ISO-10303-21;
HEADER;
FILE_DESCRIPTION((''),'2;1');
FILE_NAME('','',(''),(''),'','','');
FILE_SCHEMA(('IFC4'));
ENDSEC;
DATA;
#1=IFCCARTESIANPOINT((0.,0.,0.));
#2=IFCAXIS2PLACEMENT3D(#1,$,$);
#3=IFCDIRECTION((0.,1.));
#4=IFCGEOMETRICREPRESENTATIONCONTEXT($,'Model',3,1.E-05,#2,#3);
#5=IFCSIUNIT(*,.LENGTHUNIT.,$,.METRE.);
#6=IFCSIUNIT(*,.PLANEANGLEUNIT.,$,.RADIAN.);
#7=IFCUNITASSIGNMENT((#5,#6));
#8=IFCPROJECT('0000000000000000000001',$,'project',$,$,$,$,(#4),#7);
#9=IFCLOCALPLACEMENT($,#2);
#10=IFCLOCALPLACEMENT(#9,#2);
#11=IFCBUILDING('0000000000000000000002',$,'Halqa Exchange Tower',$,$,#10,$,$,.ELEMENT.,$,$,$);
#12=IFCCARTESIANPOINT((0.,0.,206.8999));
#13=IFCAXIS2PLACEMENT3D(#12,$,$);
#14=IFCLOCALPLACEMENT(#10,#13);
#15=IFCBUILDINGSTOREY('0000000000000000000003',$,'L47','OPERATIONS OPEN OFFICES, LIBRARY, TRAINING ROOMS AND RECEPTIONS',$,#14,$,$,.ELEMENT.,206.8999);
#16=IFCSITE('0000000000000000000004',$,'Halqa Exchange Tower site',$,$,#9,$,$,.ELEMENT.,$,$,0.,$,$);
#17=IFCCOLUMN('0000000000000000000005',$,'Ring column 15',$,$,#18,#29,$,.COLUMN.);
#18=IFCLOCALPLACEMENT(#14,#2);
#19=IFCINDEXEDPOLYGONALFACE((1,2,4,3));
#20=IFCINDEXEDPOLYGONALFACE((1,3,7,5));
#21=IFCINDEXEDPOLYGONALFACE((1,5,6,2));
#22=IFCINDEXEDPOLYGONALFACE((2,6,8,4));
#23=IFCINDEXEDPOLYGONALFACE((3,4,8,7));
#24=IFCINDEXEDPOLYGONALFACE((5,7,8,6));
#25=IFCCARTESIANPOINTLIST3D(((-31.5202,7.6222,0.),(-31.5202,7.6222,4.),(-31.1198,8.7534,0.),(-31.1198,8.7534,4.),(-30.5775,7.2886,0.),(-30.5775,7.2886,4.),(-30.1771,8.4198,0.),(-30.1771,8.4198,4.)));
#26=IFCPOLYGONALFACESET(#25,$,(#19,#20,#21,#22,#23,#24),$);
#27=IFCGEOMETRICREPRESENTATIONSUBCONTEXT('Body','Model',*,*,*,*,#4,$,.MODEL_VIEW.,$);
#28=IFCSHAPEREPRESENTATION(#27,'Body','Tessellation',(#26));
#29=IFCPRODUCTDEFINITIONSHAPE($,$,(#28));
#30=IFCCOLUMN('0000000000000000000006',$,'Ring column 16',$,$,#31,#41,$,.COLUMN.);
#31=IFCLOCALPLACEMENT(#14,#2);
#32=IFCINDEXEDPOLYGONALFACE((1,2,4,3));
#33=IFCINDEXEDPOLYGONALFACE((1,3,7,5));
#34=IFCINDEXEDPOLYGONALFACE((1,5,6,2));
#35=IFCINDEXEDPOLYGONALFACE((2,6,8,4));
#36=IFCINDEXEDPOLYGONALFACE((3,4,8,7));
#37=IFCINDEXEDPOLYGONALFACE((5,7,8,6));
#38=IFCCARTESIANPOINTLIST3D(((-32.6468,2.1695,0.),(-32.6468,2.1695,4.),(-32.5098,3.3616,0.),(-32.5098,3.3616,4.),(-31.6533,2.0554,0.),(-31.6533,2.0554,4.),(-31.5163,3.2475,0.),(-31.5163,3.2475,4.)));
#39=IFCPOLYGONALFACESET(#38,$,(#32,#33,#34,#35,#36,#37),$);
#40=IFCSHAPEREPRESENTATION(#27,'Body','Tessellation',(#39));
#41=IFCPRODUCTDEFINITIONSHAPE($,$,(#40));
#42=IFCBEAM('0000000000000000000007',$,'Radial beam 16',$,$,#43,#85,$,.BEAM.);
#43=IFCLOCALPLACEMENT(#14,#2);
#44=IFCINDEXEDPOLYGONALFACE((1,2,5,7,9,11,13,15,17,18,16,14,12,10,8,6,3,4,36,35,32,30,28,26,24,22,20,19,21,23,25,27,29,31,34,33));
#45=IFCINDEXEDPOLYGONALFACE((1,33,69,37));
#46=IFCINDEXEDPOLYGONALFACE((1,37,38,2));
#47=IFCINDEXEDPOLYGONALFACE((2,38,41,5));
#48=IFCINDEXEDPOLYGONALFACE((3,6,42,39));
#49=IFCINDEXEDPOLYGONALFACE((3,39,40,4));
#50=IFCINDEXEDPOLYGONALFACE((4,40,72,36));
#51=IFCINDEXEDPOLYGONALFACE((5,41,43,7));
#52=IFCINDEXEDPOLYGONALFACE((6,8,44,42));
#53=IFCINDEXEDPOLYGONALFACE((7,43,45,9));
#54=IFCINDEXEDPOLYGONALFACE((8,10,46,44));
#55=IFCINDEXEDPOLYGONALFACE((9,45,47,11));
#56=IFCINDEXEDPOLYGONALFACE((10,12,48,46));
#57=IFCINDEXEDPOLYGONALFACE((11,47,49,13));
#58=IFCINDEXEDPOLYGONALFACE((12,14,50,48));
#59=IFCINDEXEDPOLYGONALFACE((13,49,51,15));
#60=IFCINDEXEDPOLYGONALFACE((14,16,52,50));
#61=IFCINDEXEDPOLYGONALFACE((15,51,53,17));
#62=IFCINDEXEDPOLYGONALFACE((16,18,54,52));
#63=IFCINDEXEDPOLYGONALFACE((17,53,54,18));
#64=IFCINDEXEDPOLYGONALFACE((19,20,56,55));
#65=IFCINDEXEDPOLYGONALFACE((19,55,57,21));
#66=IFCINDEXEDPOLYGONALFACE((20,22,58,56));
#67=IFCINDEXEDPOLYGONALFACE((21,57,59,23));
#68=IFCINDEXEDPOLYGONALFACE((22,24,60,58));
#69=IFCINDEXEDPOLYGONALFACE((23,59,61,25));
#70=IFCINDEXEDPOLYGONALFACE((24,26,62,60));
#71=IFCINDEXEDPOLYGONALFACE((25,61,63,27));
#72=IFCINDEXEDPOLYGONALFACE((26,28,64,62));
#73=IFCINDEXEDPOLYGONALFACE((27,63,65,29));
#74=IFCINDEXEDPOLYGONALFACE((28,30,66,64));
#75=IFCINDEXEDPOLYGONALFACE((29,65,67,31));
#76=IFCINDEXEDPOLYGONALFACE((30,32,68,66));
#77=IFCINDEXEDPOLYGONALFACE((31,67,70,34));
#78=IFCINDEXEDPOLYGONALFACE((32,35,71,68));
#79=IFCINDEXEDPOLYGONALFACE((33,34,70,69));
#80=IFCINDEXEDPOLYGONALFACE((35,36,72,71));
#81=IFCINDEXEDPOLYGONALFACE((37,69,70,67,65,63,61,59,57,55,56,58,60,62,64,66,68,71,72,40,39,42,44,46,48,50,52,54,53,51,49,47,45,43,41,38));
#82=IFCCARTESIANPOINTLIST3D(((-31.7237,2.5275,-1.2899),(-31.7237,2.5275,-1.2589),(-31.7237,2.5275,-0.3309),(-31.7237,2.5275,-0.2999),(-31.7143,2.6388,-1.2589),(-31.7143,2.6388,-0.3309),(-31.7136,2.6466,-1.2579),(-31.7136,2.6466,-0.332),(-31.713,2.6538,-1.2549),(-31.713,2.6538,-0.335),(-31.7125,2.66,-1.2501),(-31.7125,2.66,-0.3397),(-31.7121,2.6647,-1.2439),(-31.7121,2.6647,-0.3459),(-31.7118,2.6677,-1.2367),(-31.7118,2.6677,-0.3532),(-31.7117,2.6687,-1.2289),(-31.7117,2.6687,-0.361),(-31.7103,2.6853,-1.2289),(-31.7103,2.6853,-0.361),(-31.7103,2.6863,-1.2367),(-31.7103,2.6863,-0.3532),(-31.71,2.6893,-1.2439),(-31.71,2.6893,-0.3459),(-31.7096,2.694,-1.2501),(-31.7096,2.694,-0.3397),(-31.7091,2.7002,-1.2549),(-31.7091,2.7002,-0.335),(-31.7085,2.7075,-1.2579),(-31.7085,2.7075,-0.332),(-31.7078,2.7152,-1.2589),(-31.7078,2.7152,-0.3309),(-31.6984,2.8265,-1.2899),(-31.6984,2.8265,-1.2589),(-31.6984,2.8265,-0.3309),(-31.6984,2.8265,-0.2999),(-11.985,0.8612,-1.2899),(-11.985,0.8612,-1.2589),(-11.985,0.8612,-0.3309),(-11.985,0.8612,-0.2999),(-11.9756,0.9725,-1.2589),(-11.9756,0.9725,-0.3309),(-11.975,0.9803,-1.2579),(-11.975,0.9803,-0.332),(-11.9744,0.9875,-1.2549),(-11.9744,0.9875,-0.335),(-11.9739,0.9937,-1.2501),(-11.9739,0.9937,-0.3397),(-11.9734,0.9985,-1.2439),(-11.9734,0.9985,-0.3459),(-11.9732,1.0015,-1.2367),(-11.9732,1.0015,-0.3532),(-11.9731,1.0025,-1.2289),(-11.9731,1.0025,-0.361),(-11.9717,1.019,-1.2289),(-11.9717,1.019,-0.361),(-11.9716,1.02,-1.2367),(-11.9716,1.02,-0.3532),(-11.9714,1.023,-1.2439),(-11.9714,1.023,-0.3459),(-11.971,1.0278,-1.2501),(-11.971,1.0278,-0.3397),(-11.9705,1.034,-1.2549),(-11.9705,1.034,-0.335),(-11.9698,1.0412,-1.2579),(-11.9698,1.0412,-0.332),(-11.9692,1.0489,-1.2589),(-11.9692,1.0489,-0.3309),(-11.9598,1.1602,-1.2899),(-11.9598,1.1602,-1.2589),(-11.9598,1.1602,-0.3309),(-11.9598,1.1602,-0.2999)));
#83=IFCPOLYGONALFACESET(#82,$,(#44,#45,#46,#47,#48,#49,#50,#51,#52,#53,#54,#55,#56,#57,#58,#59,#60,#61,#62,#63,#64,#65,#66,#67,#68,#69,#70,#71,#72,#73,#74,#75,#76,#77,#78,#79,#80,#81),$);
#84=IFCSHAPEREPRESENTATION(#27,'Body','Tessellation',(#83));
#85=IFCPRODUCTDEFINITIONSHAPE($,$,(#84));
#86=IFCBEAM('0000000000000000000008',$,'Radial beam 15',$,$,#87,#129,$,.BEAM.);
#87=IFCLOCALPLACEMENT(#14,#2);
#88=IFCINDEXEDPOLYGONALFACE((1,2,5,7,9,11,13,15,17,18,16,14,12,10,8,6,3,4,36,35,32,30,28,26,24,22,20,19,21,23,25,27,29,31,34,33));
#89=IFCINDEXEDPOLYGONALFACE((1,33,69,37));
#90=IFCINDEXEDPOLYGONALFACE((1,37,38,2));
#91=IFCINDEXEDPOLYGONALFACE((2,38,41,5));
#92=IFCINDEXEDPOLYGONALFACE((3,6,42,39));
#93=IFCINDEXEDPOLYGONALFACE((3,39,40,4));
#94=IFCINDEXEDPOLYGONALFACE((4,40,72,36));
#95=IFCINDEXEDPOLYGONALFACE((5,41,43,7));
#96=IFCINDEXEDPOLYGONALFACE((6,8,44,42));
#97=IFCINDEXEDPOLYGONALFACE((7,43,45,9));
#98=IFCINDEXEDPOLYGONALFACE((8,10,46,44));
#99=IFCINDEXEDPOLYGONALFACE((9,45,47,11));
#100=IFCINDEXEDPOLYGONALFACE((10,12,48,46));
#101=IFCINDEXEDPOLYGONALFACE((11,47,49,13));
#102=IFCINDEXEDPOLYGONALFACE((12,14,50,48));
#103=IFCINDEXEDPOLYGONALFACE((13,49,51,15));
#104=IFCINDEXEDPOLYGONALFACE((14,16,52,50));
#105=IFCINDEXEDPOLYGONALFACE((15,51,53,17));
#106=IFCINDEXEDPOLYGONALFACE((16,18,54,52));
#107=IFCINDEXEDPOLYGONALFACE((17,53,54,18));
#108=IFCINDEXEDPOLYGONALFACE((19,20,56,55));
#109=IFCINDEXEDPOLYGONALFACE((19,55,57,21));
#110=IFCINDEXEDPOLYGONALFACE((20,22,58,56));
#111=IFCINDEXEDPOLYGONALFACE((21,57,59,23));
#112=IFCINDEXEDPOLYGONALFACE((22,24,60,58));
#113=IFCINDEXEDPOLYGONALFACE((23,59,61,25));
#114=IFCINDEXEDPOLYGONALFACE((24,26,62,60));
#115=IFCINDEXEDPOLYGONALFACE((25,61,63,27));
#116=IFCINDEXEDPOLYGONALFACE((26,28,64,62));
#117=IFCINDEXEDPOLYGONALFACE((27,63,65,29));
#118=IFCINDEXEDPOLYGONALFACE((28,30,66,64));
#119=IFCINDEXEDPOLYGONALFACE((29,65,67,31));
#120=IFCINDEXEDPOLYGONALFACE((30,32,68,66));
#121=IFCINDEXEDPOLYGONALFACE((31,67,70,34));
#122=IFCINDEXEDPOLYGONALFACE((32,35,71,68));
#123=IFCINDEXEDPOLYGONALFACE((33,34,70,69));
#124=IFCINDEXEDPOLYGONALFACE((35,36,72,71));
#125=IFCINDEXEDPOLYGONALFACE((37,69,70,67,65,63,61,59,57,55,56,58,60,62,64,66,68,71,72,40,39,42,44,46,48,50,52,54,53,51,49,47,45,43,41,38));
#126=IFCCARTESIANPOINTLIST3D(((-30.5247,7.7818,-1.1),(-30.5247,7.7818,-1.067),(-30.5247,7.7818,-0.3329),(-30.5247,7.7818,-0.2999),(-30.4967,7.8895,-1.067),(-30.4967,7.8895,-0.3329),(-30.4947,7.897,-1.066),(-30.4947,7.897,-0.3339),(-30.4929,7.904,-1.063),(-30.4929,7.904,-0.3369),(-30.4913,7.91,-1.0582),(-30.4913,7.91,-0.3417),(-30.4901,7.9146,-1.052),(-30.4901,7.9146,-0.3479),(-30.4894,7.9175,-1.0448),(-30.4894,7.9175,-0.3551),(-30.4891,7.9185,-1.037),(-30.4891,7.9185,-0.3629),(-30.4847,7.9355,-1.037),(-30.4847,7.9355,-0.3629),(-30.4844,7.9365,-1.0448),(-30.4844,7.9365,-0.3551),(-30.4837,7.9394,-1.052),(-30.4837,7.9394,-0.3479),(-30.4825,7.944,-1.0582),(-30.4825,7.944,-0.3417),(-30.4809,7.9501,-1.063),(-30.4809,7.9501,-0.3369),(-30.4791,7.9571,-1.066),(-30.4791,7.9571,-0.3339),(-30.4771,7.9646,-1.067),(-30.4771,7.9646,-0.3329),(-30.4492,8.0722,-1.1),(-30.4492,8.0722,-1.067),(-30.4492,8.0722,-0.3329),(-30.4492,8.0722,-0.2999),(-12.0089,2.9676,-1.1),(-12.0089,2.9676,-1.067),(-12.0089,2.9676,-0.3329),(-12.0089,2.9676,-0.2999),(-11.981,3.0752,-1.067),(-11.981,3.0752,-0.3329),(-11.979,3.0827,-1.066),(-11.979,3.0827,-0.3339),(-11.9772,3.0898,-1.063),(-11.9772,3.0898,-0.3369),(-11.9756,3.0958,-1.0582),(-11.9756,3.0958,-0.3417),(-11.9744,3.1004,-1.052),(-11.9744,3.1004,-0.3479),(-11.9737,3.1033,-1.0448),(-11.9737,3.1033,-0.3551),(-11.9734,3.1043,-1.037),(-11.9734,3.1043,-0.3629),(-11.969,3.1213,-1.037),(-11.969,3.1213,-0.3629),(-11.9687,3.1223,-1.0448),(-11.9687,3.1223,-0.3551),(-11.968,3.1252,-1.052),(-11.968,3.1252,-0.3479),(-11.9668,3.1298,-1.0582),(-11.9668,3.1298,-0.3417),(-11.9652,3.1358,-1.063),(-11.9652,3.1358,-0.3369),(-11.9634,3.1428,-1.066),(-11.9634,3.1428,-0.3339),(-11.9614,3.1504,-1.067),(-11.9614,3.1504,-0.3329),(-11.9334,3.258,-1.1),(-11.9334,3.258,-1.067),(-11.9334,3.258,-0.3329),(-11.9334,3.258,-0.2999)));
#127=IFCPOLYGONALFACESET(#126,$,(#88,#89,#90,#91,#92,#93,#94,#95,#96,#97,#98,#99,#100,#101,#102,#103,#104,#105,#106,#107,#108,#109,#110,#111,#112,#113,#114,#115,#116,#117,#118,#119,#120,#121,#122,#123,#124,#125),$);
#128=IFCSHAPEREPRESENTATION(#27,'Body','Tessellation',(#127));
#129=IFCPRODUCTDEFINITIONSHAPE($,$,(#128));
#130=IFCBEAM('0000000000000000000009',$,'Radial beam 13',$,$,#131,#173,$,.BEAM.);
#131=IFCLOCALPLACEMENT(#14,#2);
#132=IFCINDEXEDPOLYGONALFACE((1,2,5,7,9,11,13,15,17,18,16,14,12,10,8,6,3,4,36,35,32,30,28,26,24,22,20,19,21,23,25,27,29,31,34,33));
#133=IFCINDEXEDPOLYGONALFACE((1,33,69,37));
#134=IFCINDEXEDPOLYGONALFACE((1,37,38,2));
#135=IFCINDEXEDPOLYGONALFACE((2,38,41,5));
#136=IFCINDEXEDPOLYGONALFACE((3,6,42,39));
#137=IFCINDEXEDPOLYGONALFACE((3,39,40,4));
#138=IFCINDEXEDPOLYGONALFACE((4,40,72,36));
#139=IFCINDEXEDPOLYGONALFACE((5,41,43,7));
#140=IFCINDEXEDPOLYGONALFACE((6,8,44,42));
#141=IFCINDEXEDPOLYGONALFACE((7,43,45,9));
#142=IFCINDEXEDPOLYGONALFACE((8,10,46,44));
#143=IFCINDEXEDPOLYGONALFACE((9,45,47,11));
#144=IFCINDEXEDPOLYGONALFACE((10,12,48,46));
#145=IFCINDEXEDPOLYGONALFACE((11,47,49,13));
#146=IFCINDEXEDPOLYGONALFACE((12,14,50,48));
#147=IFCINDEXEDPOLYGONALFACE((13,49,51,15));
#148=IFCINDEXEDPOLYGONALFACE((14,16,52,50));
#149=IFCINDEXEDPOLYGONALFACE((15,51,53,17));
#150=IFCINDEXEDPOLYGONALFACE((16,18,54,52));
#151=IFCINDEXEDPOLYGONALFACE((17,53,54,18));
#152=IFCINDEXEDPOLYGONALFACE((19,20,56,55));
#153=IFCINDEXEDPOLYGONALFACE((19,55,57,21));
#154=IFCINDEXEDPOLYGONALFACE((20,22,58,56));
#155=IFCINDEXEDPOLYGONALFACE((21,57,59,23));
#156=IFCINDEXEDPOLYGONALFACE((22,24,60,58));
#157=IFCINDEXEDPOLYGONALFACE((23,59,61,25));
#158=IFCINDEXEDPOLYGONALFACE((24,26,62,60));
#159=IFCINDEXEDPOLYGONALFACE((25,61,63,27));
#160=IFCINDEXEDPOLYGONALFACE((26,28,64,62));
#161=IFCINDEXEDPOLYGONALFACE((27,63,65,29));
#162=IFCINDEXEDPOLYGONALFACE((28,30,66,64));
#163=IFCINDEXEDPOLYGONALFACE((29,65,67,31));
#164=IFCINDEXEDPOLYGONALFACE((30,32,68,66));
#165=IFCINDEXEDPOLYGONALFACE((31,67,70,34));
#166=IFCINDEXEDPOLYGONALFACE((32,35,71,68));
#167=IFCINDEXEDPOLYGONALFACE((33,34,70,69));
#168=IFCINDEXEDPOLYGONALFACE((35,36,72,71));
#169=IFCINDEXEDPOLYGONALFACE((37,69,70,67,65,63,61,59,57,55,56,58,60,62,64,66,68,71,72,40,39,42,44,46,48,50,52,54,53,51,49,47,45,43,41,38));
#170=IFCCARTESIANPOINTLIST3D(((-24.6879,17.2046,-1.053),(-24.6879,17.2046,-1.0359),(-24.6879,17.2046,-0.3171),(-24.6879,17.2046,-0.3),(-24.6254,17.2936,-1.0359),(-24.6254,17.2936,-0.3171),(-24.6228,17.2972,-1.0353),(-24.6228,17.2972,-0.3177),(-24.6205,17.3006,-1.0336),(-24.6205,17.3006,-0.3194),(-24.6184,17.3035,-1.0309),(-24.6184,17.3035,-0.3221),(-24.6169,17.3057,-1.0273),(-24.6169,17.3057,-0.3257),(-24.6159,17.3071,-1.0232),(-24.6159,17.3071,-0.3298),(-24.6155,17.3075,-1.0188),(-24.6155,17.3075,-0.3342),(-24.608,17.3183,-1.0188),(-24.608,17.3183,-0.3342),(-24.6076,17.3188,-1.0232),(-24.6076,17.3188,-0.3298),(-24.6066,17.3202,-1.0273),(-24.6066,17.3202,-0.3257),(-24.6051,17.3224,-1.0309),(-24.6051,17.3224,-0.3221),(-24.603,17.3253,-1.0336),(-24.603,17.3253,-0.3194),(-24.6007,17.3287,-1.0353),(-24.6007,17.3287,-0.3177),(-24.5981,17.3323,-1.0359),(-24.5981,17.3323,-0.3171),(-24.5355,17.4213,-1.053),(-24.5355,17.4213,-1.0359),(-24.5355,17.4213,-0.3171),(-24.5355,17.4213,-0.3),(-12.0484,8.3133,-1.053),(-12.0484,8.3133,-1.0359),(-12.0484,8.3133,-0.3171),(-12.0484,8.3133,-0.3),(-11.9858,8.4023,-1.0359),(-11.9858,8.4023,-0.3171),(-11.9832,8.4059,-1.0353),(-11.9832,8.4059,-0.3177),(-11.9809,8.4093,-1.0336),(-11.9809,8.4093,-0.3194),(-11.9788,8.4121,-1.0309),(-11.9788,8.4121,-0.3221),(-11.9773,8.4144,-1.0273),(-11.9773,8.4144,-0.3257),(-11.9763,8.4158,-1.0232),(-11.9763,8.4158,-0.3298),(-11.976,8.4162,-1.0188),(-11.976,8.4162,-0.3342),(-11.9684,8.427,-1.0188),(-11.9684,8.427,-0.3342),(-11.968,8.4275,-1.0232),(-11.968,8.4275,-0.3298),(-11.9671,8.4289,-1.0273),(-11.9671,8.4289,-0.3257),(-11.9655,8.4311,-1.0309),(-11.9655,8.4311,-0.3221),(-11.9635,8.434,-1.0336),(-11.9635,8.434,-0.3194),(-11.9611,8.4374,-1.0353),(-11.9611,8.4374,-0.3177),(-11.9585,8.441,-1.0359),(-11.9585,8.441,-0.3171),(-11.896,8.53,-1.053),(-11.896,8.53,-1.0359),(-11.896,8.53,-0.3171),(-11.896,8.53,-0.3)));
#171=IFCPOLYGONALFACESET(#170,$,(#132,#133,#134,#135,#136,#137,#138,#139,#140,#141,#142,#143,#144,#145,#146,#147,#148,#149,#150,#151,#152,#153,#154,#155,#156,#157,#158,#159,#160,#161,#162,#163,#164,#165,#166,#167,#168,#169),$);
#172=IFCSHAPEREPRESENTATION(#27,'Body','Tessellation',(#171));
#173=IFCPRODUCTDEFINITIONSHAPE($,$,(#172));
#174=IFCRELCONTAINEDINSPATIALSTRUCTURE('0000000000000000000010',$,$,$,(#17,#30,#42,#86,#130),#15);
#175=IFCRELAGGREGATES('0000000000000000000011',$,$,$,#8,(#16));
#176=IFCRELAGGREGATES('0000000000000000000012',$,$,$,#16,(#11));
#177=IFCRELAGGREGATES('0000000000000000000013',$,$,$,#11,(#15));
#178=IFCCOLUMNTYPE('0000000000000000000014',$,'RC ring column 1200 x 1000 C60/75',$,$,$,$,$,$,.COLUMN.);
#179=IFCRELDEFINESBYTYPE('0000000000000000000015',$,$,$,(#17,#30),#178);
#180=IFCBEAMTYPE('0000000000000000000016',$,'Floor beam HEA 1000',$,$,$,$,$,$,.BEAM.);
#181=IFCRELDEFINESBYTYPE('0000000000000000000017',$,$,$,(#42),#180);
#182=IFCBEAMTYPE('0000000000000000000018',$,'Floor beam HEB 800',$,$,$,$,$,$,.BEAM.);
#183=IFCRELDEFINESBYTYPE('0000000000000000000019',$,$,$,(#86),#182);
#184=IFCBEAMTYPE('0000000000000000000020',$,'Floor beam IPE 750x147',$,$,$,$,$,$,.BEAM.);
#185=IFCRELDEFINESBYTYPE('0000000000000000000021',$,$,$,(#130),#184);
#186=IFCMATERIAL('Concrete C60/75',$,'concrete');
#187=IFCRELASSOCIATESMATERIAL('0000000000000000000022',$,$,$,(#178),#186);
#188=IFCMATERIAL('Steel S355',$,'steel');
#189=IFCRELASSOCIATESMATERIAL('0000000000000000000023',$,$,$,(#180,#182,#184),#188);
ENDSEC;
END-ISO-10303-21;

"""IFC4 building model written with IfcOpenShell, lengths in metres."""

from ifc_helpers import new_model, si_unit, direction, frame, origin, origin_2d, place, context, subcontext, project, spatial, rectangle, i_section, extrude, material, material_profile, profile_set, type_object, element, save


model = new_model("IFC4")

# Units and contexts
model_context = context("Model", 3, precision=1e-05, world=origin(), true_north=direction((0.0, 1.0)))
body_context = subcontext(model_context, "Body", "Model", "MODEL_VIEW")
ifc_project = project(units=[si_unit("LENGTHUNIT", "METRE"), si_unit("PLANEANGLEUNIT", "RADIAN")], contexts=[model_context])

# Site, building, storey
site_placement = place(None, origin())
site = spatial("IfcSite", under=ifc_project, at=site_placement, Name="Halqa Exchange Tower site", CompositionType="ELEMENT", RefElevation=0.0)
building_placement = place(site_placement, origin())
building = spatial("IfcBuilding", under=site, at=building_placement, Name="Halqa Exchange Tower", CompositionType="ELEMENT")
storey_placement = place(building_placement, frame((0.0, 0.0, 206.8999)))
storey = spatial("IfcBuildingStorey", under=building, at=storey_placement, Name="L47", Description="OPERATIONS OPEN OFFICES, LIBRARY, TRAINING ROOMS AND RECEPTIONS", CompositionType="ELEMENT", Elevation=206.8999)

# Columns
ifc_material_1 = material(Name="Concrete C60/75", Category="concrete")
ifc_material_profile_1 = material_profile(ifc_material_1, rectangle(XDim=1.2, YDim=1.0, at=origin_2d()), Name="1200 x 1000")
ifc_profile_set_1 = profile_set([ifc_material_profile_1], Name="Concrete C60/75")
column_type = type_object("IfcColumnType", Name="RC ring column 1200 x 1000 C60/75", PredefinedType="COLUMN", material=ifc_profile_set_1)
for number, where, z_axis, x_axis, name in (
    (1, (-30.8486, 8.021, 0.0), (0.0, 0.0, 1.0), (-0.333632, -0.942703, 0.0), "Ring column 15"),
    (2, (-32.0815, 2.7085, 0.0), (0.0, 0.0, 1.0), (-0.114157, -0.993463, 0.0), "Ring column 16"),
):
    element("IfcColumn", number, at=place(storey_placement, frame(where, z_axis=z_axis, x_axis=x_axis)), inside=storey, type_object=column_type, Name=name, PredefinedType="COLUMN", context=body_context, shape_type="SweptSolid", body=[
        extrude(rectangle(XDim=1.2, YDim=1.0, at=origin_2d()), origin(), (0.0, 0.0, 1.0), 4.0),
    ])

# Beams
ifc_material_2 = material(Name="Steel S355", Category="steel")
ifc_material_profile_2 = material_profile(ifc_material_2, i_section(OverallWidth=0.3, OverallDepth=0.99, WebThickness=0.0166, FlangeThickness=0.031, FilletRadius=0.03, at=origin_2d()), Name="HEA 1000")
ifc_profile_set_2 = profile_set([ifc_material_profile_2], Name="Steel S355")
beam_type_1 = type_object("IfcBeamType", Name="Floor beam HEA 1000", PredefinedType="BEAM", material=ifc_profile_set_2)
beam_1_placement = place(storey_placement, frame((-11.9724, 1.0107, -0.7949), z_axis=(-0.996456, 0.084117, 0.0), x_axis=(-0.084117, -0.996456, 0.0)))
element("IfcBeam", 3, at=beam_1_placement, inside=storey, type_object=beam_type_1, Name="Radial beam 16", PredefinedType="BEAM", context=body_context, shape_type="SweptSolid", body=[
    extrude(i_section(OverallWidth=0.3, OverallDepth=0.99, WebThickness=0.0166, FlangeThickness=0.031, FilletRadius=0.03, at=origin_2d()), origin(), (0.0, 0.0, 1.0), 19.8088),
])
ifc_material_profile_3 = material_profile(ifc_material_2, i_section(OverallWidth=0.3, OverallDepth=0.8, WebThickness=0.0176, FlangeThickness=0.033, FilletRadius=0.03, at=origin_2d()), Name="HEB 800")
ifc_profile_set_3 = profile_set([ifc_material_profile_3], Name="Steel S355")
beam_type_2 = type_object("IfcBeamType", Name="Floor beam HEB 800", PredefinedType="BEAM", material=ifc_profile_set_3)
beam_2_placement = place(storey_placement, frame((-11.9712, 3.1128, -0.7), z_axis=(-0.967821, 0.251641, 0.0), x_axis=(-0.251641, -0.967821, 0.0)))
element("IfcBeam", 4, at=beam_2_placement, inside=storey, type_object=beam_type_2, Name="Radial beam 15", PredefinedType="BEAM", context=body_context, shape_type="SweptSolid", body=[
    extrude(i_section(OverallWidth=0.3, OverallDepth=0.8, WebThickness=0.0176, FlangeThickness=0.033, FilletRadius=0.03, at=origin_2d()), origin(), (0.0, 0.0, 1.0), 19.1313),
])
ifc_material_profile_4 = material_profile(ifc_material_2, i_section(OverallWidth=0.2649, OverallDepth=0.7529, WebThickness=0.0132, FlangeThickness=0.0171, FilletRadius=0.0171, at=origin_2d()), Name="IPE 750x147")
ifc_profile_set_4 = profile_set([ifc_material_profile_4], Name="Steel S355")
beam_type_3 = type_object("IfcBeamType", Name="Floor beam IPE 750x147", PredefinedType="BEAM", material=ifc_profile_set_4)
beam_3_placement = place(storey_placement, frame((-11.9722, 8.4216, -0.6765), z_axis=(-0.817904, 0.575354, 0.0), x_axis=(-0.575354, -0.817904, 0.0)))
element("IfcBeam", 5, at=beam_3_placement, inside=storey, type_object=beam_type_3, Name="Radial beam 13", PredefinedType="BEAM", context=body_context, shape_type="SweptSolid", body=[
    extrude(i_section(OverallWidth=0.2649, OverallDepth=0.7529, WebThickness=0.0132, FlangeThickness=0.0171, FilletRadius=0.0171, at=origin_2d()), origin(), (0.0, 0.0, 1.0), 15.4536),
])

save(model, "model.ifc")
